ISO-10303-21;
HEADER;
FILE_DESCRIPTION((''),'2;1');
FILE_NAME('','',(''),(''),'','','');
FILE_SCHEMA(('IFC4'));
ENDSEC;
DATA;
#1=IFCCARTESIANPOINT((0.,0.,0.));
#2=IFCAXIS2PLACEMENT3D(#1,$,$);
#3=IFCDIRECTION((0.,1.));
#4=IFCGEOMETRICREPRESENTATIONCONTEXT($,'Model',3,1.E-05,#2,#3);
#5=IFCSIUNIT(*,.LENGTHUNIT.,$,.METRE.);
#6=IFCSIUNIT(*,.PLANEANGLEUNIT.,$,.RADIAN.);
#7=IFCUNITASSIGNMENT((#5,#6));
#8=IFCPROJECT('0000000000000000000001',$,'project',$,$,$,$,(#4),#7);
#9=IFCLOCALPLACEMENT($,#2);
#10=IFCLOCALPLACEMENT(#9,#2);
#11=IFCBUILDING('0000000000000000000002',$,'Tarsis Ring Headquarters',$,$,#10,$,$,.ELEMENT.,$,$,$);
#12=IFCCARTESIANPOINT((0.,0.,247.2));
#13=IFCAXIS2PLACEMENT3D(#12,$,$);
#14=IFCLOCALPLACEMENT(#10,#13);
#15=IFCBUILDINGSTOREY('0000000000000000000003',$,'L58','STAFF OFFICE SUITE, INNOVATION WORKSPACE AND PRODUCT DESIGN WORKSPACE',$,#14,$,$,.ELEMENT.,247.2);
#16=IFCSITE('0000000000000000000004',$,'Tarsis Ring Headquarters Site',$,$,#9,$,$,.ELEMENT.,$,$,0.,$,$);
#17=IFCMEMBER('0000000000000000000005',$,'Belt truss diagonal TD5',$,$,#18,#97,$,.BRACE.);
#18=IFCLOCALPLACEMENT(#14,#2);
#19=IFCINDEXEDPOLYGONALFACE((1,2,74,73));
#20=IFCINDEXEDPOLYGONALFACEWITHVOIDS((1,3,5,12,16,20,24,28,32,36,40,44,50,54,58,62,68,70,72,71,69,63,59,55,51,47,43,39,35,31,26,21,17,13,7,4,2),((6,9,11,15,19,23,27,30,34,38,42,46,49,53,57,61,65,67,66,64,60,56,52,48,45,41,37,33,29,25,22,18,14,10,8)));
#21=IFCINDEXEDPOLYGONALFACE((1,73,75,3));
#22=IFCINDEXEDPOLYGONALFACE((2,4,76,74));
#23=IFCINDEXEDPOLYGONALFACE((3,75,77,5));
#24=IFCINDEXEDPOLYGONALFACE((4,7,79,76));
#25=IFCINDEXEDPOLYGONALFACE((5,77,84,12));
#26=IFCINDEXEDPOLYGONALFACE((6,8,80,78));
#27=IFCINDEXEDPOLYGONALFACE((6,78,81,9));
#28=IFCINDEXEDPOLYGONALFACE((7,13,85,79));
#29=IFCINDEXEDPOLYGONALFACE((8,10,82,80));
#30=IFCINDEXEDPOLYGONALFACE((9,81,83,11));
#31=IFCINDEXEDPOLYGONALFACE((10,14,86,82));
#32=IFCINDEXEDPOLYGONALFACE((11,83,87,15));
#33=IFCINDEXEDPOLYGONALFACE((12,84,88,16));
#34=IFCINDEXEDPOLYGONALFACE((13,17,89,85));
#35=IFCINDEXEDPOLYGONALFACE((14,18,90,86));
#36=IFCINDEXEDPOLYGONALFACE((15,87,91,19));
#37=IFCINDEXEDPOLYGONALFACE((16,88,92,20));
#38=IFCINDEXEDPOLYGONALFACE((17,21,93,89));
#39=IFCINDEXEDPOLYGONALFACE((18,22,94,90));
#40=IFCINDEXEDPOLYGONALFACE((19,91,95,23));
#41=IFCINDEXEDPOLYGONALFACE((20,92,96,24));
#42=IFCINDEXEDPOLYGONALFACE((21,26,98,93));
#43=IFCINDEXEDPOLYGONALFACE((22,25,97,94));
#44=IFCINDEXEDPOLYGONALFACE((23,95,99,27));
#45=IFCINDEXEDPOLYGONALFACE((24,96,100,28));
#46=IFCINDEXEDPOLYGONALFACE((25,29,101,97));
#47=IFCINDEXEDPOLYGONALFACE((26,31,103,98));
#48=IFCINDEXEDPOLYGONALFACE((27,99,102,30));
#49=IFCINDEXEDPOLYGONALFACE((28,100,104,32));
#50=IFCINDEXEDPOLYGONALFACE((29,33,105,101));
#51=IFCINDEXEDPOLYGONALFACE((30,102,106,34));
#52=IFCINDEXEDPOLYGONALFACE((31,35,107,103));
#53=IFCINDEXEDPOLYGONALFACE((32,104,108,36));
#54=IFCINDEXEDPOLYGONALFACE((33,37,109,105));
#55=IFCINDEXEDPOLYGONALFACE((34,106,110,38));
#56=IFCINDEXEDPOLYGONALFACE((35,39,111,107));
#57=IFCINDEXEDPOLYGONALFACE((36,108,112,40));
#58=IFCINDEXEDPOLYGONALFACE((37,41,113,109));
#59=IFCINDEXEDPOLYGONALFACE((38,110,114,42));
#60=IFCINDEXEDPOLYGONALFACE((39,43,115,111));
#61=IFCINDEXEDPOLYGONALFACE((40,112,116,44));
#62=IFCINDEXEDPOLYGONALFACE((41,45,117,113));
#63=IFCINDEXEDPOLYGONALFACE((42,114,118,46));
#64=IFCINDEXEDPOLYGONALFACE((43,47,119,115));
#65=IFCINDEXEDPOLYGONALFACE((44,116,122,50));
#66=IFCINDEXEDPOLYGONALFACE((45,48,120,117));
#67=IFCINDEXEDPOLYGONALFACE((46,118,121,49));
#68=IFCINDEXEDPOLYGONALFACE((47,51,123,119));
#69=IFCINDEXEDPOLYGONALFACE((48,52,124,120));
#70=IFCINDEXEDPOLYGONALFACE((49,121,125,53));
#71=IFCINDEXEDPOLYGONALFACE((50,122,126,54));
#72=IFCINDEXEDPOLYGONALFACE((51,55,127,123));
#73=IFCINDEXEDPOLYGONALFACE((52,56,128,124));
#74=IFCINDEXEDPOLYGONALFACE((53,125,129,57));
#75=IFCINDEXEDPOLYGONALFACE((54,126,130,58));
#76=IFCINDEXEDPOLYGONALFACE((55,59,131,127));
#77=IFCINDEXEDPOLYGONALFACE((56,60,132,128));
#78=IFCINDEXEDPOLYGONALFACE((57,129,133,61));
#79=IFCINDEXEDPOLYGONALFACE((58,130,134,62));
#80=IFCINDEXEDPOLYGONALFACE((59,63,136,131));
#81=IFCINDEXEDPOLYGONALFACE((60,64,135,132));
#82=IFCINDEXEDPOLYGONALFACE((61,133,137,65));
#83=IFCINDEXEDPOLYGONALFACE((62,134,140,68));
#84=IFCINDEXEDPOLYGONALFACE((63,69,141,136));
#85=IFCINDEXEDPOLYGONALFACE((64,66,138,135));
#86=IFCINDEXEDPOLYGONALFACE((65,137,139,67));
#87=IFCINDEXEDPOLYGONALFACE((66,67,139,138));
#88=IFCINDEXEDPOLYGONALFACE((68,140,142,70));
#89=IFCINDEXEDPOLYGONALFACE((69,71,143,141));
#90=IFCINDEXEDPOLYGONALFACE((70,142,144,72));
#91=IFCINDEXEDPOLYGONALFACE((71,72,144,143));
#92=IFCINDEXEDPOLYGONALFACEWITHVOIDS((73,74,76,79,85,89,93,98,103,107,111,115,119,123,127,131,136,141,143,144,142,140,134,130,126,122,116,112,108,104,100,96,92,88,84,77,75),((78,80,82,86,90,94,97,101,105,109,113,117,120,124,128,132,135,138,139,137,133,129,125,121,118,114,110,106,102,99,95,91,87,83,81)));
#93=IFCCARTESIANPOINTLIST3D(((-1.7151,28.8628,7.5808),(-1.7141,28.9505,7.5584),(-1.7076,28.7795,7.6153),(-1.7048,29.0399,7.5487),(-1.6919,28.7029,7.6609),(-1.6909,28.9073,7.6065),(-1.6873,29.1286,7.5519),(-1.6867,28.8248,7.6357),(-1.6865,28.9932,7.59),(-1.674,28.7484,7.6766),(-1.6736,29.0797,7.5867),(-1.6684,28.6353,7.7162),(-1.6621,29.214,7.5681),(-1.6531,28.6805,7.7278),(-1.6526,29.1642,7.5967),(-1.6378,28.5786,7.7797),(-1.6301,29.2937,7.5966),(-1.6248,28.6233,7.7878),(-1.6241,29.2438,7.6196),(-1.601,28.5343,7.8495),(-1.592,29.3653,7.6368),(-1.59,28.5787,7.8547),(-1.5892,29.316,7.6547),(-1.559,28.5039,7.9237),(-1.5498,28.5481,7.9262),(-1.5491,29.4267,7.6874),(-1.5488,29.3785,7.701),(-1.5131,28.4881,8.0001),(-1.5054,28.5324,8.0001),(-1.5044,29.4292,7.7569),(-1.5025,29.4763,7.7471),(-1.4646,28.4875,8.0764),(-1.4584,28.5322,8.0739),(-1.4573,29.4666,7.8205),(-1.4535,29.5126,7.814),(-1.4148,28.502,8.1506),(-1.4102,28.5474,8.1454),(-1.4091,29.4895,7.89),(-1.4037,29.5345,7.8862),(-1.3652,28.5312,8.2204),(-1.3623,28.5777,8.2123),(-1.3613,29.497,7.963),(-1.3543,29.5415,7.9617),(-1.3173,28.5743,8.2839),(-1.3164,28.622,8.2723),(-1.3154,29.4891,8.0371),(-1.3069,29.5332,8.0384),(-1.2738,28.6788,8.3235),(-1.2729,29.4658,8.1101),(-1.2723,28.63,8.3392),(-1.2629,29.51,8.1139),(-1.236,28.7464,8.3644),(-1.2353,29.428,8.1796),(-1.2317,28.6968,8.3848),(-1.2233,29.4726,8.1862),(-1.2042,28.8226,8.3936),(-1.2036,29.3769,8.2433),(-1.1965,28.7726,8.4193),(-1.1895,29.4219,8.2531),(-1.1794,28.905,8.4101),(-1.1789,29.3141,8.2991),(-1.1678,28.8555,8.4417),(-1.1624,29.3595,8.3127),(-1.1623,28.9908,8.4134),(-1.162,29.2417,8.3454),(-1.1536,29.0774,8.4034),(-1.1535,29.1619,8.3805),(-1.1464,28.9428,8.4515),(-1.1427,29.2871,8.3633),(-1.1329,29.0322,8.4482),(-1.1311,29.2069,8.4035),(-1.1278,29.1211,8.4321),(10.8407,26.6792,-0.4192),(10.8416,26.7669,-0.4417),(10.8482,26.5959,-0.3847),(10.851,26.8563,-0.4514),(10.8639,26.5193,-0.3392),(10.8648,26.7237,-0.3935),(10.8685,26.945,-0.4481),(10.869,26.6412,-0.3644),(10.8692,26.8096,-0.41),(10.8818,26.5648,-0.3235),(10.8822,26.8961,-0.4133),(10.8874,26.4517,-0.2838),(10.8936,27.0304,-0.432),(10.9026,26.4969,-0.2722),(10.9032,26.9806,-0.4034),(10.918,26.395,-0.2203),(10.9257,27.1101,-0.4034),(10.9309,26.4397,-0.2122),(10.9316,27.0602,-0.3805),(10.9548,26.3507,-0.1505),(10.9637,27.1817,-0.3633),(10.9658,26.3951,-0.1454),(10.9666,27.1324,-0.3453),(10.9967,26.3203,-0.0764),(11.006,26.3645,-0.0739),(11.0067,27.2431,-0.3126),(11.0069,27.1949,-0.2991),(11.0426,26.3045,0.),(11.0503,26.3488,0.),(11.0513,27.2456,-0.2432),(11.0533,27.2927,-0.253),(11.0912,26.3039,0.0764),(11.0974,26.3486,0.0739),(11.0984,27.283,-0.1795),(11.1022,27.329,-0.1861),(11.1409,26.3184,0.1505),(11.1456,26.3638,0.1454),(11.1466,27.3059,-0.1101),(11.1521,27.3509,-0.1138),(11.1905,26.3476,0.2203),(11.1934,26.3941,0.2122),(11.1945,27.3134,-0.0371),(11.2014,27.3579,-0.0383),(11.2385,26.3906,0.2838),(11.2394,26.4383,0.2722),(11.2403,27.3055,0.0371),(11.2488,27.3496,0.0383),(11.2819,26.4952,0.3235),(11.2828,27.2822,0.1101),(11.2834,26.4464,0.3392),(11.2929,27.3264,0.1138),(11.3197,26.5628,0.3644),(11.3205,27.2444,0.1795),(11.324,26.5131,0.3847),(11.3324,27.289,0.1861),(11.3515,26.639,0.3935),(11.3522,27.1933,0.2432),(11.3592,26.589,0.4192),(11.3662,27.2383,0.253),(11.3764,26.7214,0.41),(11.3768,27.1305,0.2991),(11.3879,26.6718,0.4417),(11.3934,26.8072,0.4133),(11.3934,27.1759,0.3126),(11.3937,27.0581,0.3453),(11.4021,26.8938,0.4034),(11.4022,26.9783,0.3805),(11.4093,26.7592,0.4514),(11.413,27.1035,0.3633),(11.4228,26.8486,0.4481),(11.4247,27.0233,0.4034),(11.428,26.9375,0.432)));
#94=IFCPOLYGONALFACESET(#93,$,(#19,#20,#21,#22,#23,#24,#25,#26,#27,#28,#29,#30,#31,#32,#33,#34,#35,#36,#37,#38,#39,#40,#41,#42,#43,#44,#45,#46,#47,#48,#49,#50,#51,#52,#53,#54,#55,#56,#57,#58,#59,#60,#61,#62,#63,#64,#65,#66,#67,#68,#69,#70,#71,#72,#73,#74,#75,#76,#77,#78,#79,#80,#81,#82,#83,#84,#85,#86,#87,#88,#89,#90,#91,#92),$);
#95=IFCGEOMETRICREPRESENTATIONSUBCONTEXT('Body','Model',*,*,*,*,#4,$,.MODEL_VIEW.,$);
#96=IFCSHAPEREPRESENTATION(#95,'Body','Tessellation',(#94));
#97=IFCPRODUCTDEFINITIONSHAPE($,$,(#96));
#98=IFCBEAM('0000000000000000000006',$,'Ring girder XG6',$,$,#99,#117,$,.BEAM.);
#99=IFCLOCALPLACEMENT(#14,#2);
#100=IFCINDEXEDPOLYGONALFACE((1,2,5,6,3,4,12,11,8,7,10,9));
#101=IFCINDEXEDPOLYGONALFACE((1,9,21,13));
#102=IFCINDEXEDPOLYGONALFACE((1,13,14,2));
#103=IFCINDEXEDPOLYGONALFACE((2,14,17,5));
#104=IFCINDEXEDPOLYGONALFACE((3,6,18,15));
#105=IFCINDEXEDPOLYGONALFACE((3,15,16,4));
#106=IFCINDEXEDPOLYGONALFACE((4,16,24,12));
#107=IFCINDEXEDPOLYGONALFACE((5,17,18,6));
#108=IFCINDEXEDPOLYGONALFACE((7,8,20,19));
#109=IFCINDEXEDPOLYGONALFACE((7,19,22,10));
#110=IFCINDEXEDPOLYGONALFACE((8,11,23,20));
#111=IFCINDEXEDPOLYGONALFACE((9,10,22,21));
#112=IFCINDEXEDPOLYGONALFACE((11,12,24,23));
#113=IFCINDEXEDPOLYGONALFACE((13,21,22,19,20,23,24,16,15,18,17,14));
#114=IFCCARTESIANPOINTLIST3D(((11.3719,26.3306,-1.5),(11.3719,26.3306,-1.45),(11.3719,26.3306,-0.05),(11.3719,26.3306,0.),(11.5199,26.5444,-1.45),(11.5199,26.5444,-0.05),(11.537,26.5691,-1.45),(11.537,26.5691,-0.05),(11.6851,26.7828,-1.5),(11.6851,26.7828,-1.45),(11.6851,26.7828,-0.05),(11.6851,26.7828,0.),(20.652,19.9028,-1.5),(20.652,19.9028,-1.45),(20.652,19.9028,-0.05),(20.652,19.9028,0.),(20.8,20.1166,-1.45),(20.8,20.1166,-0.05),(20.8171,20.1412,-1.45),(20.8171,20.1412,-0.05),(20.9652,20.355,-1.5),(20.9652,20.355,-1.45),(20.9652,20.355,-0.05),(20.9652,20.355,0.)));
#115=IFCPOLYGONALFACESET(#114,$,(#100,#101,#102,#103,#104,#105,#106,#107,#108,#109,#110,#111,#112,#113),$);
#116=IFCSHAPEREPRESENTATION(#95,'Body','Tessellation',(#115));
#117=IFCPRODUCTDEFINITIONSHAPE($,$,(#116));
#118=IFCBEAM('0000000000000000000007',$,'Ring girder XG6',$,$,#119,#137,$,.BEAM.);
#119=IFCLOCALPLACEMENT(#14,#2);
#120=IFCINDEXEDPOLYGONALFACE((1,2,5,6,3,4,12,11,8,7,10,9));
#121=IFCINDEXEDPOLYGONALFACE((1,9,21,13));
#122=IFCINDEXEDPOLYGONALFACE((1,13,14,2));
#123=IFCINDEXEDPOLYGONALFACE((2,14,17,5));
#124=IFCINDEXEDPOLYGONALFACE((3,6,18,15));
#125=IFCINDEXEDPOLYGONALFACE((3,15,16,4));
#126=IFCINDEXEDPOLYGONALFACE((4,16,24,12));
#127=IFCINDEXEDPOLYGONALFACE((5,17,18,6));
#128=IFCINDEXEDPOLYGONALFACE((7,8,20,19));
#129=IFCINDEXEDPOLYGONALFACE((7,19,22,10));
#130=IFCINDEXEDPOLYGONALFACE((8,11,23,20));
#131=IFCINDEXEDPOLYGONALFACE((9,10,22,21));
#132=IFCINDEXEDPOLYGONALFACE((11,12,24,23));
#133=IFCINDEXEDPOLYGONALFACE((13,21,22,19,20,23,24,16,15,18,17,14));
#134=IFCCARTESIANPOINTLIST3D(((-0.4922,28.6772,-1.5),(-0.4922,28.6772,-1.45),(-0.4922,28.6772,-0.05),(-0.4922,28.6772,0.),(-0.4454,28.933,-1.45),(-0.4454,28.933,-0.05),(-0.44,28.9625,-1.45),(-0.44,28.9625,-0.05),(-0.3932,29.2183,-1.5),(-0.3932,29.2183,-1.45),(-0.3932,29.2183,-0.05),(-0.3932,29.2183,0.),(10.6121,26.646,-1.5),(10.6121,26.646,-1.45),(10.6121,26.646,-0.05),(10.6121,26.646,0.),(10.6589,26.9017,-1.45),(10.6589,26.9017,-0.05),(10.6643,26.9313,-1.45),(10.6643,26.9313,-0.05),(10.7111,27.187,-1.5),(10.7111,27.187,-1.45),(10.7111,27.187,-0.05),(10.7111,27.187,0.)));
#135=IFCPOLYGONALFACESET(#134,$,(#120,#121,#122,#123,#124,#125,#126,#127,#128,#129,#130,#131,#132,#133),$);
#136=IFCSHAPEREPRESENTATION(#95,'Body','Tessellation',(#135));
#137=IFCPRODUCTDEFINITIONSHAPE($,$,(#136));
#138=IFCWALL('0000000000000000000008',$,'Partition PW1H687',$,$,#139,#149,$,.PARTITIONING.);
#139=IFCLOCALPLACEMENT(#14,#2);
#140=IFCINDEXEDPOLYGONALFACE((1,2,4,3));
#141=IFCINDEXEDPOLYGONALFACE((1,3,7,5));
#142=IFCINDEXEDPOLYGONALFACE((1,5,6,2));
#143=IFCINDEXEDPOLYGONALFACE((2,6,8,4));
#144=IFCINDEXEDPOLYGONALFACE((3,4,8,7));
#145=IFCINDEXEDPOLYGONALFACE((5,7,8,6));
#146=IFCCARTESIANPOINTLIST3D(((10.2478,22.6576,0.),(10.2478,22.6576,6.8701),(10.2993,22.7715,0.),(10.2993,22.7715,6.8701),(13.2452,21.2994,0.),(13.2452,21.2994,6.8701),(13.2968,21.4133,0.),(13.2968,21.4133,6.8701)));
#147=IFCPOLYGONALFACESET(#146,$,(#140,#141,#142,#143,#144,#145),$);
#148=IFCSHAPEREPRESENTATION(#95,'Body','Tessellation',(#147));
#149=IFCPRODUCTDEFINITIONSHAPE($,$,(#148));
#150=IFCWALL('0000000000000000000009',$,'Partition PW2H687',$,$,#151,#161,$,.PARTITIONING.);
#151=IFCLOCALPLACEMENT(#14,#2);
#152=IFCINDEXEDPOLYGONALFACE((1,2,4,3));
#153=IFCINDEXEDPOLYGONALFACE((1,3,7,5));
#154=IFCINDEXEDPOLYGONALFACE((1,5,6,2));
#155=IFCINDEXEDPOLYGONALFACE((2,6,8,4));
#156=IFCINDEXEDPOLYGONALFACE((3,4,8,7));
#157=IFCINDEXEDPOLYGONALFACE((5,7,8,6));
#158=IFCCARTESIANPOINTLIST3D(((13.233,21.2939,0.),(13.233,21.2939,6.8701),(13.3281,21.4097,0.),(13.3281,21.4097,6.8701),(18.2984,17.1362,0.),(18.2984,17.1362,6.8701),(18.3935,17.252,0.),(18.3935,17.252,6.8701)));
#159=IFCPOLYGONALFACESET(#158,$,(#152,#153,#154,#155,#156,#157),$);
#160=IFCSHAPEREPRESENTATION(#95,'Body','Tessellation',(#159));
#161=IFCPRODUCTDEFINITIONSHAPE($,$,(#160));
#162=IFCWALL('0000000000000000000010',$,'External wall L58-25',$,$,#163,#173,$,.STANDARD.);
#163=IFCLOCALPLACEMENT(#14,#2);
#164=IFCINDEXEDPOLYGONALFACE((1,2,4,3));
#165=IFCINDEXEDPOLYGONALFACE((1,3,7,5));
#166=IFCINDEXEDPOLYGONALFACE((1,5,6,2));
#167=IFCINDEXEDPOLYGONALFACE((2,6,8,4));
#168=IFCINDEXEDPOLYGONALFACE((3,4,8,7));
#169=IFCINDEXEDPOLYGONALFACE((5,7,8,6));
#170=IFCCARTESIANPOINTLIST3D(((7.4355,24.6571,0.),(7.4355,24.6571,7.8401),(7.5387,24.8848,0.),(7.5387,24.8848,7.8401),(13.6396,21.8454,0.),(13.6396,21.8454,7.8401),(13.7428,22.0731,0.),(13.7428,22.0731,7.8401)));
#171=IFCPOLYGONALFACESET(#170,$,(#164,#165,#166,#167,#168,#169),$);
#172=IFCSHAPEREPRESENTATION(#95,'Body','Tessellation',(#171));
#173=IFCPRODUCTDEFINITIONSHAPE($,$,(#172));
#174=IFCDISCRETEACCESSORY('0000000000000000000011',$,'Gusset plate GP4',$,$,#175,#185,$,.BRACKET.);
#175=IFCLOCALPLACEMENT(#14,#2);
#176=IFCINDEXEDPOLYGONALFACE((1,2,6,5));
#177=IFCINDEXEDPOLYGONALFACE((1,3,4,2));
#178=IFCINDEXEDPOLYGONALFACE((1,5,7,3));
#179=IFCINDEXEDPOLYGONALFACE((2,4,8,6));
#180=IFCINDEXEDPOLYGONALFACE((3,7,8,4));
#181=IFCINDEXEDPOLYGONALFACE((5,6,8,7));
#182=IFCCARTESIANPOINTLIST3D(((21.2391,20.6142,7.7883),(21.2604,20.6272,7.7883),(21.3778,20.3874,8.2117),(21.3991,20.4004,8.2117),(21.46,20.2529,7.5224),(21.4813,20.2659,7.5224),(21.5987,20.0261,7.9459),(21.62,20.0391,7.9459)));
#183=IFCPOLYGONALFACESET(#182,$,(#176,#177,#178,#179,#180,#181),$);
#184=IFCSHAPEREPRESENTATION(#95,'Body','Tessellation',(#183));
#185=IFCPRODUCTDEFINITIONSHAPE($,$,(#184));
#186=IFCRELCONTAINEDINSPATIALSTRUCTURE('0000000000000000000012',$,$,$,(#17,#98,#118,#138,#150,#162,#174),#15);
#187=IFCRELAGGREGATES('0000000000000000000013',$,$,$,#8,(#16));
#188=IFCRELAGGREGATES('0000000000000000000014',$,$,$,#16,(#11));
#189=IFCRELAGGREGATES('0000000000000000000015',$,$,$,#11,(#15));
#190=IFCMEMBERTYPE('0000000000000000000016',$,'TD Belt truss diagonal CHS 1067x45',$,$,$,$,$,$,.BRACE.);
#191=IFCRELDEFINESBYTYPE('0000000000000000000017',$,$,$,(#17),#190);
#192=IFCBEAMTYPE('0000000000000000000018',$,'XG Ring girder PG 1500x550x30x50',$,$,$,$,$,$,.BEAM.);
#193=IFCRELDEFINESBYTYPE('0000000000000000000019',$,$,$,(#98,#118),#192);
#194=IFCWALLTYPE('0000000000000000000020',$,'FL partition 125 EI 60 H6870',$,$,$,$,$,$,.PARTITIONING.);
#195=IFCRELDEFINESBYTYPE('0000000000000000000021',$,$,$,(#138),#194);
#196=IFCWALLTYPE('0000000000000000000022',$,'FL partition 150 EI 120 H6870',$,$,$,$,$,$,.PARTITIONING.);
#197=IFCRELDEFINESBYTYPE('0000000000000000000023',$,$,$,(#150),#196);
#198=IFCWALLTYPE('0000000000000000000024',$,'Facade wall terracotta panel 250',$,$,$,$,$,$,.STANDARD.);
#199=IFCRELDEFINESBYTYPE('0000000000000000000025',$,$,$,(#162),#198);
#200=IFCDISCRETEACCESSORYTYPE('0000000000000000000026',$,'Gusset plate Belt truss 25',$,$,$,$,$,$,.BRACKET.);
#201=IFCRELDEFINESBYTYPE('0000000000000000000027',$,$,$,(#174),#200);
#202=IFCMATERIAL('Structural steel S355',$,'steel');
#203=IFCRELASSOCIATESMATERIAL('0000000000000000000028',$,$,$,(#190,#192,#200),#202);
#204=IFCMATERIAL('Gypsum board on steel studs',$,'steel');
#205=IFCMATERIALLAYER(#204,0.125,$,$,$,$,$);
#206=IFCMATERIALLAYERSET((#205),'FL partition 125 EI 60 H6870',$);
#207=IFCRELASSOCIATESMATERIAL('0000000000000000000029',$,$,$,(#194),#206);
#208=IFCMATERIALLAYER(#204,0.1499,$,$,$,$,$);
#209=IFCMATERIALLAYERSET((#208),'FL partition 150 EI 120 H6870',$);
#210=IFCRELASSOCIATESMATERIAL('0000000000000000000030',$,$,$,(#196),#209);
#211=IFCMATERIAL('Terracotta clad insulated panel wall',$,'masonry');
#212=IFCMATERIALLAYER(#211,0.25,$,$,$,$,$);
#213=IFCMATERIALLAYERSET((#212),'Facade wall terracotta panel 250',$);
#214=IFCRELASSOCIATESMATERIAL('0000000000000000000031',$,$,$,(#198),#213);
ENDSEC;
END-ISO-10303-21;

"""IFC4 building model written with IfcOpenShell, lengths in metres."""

from ifc_helpers import new_model, si_unit, direction, frame, frame_2d, origin, origin_2d, place, context, subcontext, project, spatial, rectangle, hollow_circle, i_section, extrude, material, layer, layer_set, material_profile, profile_set, type_object, element, save


model = new_model("IFC4")

# Units and contexts
model_context = context("Model", 3, precision=1e-05, world=origin(), true_north=direction((0.0, 1.0)))
body_context = subcontext(model_context, "Body", "Model", "MODEL_VIEW")
ifc_project = project(units=[si_unit("LENGTHUNIT", "METRE"), si_unit("PLANEANGLEUNIT", "RADIAN")], contexts=[model_context])

# Site, building, storey
site_placement = place(None, origin())
site = spatial("IfcSite", under=ifc_project, at=site_placement, Name="Tarsis Ring Headquarters Site", CompositionType="ELEMENT", RefElevation=0.0)
building_placement = place(site_placement, origin())
building = spatial("IfcBuilding", under=site, at=building_placement, Name="Tarsis Ring Headquarters", CompositionType="ELEMENT")
storey_placement = place(building_placement, frame((0.0, 0.0, 247.2)))
storey = spatial("IfcBuildingStorey", under=building, at=storey_placement, Name="L58", Description="STAFF OFFICE SUITE, INNOVATION WORKSPACE AND PRODUCT DESIGN WORKSPACE", CompositionType="ELEMENT", Elevation=247.2)

# Shared definitions
ifc_material_1 = material(Name="Structural steel S355", Category="steel")
ifc_material_profile_1 = material_profile(ifc_material_1, hollow_circle(Radius=0.5334, WallThickness=0.0449, at=origin_2d()), Name="CHS 1067x45")
ifc_profile_set_1 = profile_set([ifc_material_profile_1], Name="Structural steel S355")

# Member
member_type_1 = type_object("IfcMemberType", Name="TD Belt truss diagonal CHS 1067x45", PredefinedType="BRACE", material=ifc_profile_set_1)
member_1_placement = place(storey_placement, frame((11.134, 26.8301, 0.0), z_axis=(-0.834429, 0.145118, 0.531667), x_axis=(-0.171341, -0.985212, 0.0)))
element("IfcMember", 1, at=member_1_placement, inside=storey, type_object=member_type_1, Name="Belt truss diagonal TD5", PredefinedType="BRACE", context=body_context, shape_type="SweptSolid", body=[
    extrude(hollow_circle(Radius=0.5334, WallThickness=0.0449, at=origin_2d()), origin(), (0.0, 0.0, 1.0), 15.0471),
])

# Beams
ifc_material_profile_2 = material_profile(ifc_material_1, i_section(OverallWidth=0.55, OverallDepth=1.5, WebThickness=0.03, FlangeThickness=0.05, at=origin_2d()), Name="PG 1500x550x30x50")
ifc_profile_set_2 = profile_set([ifc_material_profile_2], Name="Structural steel S355")
beam_type_1 = type_object("IfcBeamType", Name="XG Ring girder PG 1500x550x30x50", PredefinedType="BEAM", material=ifc_profile_set_2)
beam_1_placement = place(storey_placement, frame((20.8086, 20.1289, -0.75), z_axis=(-0.822064, 0.569396, 0.0), x_axis=(-0.569396, -0.822064, 0.0)))
element("IfcBeam", 2, at=beam_1_placement, inside=storey, type_object=beam_type_1, Name="Ring girder XG6", PredefinedType="BEAM", context=body_context, shape_type="SweptSolid", body=[
    extrude(i_section(OverallWidth=0.55, OverallDepth=1.5, WebThickness=0.03, FlangeThickness=0.05, at=origin_2d()), origin(), (0.0, 0.0, 1.0), 11.2888),
])
beam_2_placement = place(storey_placement, frame((10.6616, 26.9165, -0.75), z_axis=(-0.983678, 0.17994, 0.0), x_axis=(-0.17994, -0.983678, 0.0)))
element("IfcBeam", 3, at=beam_2_placement, inside=storey, type_object=beam_type_1, Name="Ring girder XG6", PredefinedType="BEAM", context=body_context, shape_type="SweptSolid", body=[
    extrude(i_section(OverallWidth=0.55, OverallDepth=1.5, WebThickness=0.03, FlangeThickness=0.05, at=origin_2d()), origin(), (0.0, 0.0, 1.0), 11.2886),
])

# Walls
ifc_material_2 = material(Name="Gypsum board on steel studs", Category="steel")
ifc_layer_1 = layer(ifc_material_2, 0.125)
ifc_layer_set_1 = layer_set([ifc_layer_1], Name="FL partition 125 EI 60 H6870")
wall_type_1 = type_object("IfcWallType", Name="FL partition 125 EI 60 H6870", PredefinedType="PARTITIONING", material=ifc_layer_set_1)
wall_1_placement = place(storey_placement, frame((10.2734, 22.7146, 0.0), z_axis=(0.0, 0.0, 1.0), x_axis=(0.910854, -0.412729, 0.0)))
element("IfcWall", 4, at=wall_1_placement, inside=storey, type_object=wall_type_1, Name="Partition PW1H687", PredefinedType="PARTITIONING", context=body_context, shape_type="SweptSolid", body=[
    extrude(rectangle(XDim=3.2908, YDim=0.125, at=frame_2d((1.6455, 0.0))), origin(), (0.0, 0.0, 1.0), 6.8701),
])
ifc_layer_2 = layer(ifc_material_2, 0.1499)
ifc_layer_set_2 = layer_set([ifc_layer_2], Name="FL partition 150 EI 120 H6870")
wall_type_2 = type_object("IfcWallType", Name="FL partition 150 EI 120 H6870", PredefinedType="PARTITIONING", material=ifc_layer_set_2)
wall_2_placement = place(storey_placement, frame((13.2805, 21.3518, 0.0), z_axis=(0.0, 0.0, 1.0), x_axis=(0.772964, -0.63445, 0.0)))
element("IfcWall", 5, at=wall_2_placement, inside=storey, type_object=wall_type_2, Name="Partition PW2H687", PredefinedType="PARTITIONING", context=body_context, shape_type="SweptSolid", body=[
    extrude(rectangle(XDim=6.5532, YDim=0.1499, at=frame_2d((3.2766, 0.0))), origin(), (0.0, 0.0, 1.0), 6.8701),
])
ifc_material_3 = material(Name="Terracotta clad insulated panel wall", Category="masonry")
ifc_layer_3 = layer(ifc_material_3, 0.25)
ifc_layer_set_3 = layer_set([ifc_layer_3], Name="Facade wall terracotta panel 250")
wall_type_3 = type_object("IfcWallType", Name="Facade wall terracotta panel 250", PredefinedType="STANDARD", material=ifc_layer_set_3)
wall_3_placement = place(storey_placement, frame((13.6912, 21.9592, 0.0), z_axis=(0.0, 0.0, 1.0), x_axis=(-0.910824, 0.412795, 0.0)))
element("IfcWall", 6, at=wall_3_placement, inside=storey, type_object=wall_type_3, Name="External wall L58-25", PredefinedType="STANDARD", context=body_context, shape_type="SweptSolid", body=[
    extrude(rectangle(XDim=6.8115, YDim=0.25, at=frame_2d((3.4058, 0.0))), origin(), (0.0, 0.0, 1.0), 7.8401),
])

# Discrete accessory
ifc_material_profile_3 = material_profile(ifc_material_1, rectangle(XDim=0.0249, YDim=0.5, at=origin_2d()), Name="PL 25x500")
ifc_profile_set_3 = profile_set([ifc_material_profile_3], Name="Structural steel S355")
discrete_accessory_type_1 = type_object("IfcDiscreteAccessoryType", Name="Gusset plate Belt truss 25", PredefinedType="BRACKET", material=ifc_profile_set_3)
for number, where, z_axis, x_axis, name in (
    (7, (21.3191, 20.5073, 8.0), (0.44184, -0.722567, -0.531672), (0.853139, 0.521683, 0.0), "Gusset plate GP4"),
):
    element("IfcDiscreteAccessory", number, at=place(storey_placement, frame(where, z_axis=z_axis, x_axis=x_axis)), inside=storey, type_object=discrete_accessory_type_1, Name=name, PredefinedType="BRACKET", context=body_context, shape_type="SweptSolid", body=[
        extrude(rectangle(XDim=0.0249, YDim=0.5, at=origin_2d()), origin(), (0.0, 0.0, 1.0), 0.5),
    ])

save(model, "model.ifc")
